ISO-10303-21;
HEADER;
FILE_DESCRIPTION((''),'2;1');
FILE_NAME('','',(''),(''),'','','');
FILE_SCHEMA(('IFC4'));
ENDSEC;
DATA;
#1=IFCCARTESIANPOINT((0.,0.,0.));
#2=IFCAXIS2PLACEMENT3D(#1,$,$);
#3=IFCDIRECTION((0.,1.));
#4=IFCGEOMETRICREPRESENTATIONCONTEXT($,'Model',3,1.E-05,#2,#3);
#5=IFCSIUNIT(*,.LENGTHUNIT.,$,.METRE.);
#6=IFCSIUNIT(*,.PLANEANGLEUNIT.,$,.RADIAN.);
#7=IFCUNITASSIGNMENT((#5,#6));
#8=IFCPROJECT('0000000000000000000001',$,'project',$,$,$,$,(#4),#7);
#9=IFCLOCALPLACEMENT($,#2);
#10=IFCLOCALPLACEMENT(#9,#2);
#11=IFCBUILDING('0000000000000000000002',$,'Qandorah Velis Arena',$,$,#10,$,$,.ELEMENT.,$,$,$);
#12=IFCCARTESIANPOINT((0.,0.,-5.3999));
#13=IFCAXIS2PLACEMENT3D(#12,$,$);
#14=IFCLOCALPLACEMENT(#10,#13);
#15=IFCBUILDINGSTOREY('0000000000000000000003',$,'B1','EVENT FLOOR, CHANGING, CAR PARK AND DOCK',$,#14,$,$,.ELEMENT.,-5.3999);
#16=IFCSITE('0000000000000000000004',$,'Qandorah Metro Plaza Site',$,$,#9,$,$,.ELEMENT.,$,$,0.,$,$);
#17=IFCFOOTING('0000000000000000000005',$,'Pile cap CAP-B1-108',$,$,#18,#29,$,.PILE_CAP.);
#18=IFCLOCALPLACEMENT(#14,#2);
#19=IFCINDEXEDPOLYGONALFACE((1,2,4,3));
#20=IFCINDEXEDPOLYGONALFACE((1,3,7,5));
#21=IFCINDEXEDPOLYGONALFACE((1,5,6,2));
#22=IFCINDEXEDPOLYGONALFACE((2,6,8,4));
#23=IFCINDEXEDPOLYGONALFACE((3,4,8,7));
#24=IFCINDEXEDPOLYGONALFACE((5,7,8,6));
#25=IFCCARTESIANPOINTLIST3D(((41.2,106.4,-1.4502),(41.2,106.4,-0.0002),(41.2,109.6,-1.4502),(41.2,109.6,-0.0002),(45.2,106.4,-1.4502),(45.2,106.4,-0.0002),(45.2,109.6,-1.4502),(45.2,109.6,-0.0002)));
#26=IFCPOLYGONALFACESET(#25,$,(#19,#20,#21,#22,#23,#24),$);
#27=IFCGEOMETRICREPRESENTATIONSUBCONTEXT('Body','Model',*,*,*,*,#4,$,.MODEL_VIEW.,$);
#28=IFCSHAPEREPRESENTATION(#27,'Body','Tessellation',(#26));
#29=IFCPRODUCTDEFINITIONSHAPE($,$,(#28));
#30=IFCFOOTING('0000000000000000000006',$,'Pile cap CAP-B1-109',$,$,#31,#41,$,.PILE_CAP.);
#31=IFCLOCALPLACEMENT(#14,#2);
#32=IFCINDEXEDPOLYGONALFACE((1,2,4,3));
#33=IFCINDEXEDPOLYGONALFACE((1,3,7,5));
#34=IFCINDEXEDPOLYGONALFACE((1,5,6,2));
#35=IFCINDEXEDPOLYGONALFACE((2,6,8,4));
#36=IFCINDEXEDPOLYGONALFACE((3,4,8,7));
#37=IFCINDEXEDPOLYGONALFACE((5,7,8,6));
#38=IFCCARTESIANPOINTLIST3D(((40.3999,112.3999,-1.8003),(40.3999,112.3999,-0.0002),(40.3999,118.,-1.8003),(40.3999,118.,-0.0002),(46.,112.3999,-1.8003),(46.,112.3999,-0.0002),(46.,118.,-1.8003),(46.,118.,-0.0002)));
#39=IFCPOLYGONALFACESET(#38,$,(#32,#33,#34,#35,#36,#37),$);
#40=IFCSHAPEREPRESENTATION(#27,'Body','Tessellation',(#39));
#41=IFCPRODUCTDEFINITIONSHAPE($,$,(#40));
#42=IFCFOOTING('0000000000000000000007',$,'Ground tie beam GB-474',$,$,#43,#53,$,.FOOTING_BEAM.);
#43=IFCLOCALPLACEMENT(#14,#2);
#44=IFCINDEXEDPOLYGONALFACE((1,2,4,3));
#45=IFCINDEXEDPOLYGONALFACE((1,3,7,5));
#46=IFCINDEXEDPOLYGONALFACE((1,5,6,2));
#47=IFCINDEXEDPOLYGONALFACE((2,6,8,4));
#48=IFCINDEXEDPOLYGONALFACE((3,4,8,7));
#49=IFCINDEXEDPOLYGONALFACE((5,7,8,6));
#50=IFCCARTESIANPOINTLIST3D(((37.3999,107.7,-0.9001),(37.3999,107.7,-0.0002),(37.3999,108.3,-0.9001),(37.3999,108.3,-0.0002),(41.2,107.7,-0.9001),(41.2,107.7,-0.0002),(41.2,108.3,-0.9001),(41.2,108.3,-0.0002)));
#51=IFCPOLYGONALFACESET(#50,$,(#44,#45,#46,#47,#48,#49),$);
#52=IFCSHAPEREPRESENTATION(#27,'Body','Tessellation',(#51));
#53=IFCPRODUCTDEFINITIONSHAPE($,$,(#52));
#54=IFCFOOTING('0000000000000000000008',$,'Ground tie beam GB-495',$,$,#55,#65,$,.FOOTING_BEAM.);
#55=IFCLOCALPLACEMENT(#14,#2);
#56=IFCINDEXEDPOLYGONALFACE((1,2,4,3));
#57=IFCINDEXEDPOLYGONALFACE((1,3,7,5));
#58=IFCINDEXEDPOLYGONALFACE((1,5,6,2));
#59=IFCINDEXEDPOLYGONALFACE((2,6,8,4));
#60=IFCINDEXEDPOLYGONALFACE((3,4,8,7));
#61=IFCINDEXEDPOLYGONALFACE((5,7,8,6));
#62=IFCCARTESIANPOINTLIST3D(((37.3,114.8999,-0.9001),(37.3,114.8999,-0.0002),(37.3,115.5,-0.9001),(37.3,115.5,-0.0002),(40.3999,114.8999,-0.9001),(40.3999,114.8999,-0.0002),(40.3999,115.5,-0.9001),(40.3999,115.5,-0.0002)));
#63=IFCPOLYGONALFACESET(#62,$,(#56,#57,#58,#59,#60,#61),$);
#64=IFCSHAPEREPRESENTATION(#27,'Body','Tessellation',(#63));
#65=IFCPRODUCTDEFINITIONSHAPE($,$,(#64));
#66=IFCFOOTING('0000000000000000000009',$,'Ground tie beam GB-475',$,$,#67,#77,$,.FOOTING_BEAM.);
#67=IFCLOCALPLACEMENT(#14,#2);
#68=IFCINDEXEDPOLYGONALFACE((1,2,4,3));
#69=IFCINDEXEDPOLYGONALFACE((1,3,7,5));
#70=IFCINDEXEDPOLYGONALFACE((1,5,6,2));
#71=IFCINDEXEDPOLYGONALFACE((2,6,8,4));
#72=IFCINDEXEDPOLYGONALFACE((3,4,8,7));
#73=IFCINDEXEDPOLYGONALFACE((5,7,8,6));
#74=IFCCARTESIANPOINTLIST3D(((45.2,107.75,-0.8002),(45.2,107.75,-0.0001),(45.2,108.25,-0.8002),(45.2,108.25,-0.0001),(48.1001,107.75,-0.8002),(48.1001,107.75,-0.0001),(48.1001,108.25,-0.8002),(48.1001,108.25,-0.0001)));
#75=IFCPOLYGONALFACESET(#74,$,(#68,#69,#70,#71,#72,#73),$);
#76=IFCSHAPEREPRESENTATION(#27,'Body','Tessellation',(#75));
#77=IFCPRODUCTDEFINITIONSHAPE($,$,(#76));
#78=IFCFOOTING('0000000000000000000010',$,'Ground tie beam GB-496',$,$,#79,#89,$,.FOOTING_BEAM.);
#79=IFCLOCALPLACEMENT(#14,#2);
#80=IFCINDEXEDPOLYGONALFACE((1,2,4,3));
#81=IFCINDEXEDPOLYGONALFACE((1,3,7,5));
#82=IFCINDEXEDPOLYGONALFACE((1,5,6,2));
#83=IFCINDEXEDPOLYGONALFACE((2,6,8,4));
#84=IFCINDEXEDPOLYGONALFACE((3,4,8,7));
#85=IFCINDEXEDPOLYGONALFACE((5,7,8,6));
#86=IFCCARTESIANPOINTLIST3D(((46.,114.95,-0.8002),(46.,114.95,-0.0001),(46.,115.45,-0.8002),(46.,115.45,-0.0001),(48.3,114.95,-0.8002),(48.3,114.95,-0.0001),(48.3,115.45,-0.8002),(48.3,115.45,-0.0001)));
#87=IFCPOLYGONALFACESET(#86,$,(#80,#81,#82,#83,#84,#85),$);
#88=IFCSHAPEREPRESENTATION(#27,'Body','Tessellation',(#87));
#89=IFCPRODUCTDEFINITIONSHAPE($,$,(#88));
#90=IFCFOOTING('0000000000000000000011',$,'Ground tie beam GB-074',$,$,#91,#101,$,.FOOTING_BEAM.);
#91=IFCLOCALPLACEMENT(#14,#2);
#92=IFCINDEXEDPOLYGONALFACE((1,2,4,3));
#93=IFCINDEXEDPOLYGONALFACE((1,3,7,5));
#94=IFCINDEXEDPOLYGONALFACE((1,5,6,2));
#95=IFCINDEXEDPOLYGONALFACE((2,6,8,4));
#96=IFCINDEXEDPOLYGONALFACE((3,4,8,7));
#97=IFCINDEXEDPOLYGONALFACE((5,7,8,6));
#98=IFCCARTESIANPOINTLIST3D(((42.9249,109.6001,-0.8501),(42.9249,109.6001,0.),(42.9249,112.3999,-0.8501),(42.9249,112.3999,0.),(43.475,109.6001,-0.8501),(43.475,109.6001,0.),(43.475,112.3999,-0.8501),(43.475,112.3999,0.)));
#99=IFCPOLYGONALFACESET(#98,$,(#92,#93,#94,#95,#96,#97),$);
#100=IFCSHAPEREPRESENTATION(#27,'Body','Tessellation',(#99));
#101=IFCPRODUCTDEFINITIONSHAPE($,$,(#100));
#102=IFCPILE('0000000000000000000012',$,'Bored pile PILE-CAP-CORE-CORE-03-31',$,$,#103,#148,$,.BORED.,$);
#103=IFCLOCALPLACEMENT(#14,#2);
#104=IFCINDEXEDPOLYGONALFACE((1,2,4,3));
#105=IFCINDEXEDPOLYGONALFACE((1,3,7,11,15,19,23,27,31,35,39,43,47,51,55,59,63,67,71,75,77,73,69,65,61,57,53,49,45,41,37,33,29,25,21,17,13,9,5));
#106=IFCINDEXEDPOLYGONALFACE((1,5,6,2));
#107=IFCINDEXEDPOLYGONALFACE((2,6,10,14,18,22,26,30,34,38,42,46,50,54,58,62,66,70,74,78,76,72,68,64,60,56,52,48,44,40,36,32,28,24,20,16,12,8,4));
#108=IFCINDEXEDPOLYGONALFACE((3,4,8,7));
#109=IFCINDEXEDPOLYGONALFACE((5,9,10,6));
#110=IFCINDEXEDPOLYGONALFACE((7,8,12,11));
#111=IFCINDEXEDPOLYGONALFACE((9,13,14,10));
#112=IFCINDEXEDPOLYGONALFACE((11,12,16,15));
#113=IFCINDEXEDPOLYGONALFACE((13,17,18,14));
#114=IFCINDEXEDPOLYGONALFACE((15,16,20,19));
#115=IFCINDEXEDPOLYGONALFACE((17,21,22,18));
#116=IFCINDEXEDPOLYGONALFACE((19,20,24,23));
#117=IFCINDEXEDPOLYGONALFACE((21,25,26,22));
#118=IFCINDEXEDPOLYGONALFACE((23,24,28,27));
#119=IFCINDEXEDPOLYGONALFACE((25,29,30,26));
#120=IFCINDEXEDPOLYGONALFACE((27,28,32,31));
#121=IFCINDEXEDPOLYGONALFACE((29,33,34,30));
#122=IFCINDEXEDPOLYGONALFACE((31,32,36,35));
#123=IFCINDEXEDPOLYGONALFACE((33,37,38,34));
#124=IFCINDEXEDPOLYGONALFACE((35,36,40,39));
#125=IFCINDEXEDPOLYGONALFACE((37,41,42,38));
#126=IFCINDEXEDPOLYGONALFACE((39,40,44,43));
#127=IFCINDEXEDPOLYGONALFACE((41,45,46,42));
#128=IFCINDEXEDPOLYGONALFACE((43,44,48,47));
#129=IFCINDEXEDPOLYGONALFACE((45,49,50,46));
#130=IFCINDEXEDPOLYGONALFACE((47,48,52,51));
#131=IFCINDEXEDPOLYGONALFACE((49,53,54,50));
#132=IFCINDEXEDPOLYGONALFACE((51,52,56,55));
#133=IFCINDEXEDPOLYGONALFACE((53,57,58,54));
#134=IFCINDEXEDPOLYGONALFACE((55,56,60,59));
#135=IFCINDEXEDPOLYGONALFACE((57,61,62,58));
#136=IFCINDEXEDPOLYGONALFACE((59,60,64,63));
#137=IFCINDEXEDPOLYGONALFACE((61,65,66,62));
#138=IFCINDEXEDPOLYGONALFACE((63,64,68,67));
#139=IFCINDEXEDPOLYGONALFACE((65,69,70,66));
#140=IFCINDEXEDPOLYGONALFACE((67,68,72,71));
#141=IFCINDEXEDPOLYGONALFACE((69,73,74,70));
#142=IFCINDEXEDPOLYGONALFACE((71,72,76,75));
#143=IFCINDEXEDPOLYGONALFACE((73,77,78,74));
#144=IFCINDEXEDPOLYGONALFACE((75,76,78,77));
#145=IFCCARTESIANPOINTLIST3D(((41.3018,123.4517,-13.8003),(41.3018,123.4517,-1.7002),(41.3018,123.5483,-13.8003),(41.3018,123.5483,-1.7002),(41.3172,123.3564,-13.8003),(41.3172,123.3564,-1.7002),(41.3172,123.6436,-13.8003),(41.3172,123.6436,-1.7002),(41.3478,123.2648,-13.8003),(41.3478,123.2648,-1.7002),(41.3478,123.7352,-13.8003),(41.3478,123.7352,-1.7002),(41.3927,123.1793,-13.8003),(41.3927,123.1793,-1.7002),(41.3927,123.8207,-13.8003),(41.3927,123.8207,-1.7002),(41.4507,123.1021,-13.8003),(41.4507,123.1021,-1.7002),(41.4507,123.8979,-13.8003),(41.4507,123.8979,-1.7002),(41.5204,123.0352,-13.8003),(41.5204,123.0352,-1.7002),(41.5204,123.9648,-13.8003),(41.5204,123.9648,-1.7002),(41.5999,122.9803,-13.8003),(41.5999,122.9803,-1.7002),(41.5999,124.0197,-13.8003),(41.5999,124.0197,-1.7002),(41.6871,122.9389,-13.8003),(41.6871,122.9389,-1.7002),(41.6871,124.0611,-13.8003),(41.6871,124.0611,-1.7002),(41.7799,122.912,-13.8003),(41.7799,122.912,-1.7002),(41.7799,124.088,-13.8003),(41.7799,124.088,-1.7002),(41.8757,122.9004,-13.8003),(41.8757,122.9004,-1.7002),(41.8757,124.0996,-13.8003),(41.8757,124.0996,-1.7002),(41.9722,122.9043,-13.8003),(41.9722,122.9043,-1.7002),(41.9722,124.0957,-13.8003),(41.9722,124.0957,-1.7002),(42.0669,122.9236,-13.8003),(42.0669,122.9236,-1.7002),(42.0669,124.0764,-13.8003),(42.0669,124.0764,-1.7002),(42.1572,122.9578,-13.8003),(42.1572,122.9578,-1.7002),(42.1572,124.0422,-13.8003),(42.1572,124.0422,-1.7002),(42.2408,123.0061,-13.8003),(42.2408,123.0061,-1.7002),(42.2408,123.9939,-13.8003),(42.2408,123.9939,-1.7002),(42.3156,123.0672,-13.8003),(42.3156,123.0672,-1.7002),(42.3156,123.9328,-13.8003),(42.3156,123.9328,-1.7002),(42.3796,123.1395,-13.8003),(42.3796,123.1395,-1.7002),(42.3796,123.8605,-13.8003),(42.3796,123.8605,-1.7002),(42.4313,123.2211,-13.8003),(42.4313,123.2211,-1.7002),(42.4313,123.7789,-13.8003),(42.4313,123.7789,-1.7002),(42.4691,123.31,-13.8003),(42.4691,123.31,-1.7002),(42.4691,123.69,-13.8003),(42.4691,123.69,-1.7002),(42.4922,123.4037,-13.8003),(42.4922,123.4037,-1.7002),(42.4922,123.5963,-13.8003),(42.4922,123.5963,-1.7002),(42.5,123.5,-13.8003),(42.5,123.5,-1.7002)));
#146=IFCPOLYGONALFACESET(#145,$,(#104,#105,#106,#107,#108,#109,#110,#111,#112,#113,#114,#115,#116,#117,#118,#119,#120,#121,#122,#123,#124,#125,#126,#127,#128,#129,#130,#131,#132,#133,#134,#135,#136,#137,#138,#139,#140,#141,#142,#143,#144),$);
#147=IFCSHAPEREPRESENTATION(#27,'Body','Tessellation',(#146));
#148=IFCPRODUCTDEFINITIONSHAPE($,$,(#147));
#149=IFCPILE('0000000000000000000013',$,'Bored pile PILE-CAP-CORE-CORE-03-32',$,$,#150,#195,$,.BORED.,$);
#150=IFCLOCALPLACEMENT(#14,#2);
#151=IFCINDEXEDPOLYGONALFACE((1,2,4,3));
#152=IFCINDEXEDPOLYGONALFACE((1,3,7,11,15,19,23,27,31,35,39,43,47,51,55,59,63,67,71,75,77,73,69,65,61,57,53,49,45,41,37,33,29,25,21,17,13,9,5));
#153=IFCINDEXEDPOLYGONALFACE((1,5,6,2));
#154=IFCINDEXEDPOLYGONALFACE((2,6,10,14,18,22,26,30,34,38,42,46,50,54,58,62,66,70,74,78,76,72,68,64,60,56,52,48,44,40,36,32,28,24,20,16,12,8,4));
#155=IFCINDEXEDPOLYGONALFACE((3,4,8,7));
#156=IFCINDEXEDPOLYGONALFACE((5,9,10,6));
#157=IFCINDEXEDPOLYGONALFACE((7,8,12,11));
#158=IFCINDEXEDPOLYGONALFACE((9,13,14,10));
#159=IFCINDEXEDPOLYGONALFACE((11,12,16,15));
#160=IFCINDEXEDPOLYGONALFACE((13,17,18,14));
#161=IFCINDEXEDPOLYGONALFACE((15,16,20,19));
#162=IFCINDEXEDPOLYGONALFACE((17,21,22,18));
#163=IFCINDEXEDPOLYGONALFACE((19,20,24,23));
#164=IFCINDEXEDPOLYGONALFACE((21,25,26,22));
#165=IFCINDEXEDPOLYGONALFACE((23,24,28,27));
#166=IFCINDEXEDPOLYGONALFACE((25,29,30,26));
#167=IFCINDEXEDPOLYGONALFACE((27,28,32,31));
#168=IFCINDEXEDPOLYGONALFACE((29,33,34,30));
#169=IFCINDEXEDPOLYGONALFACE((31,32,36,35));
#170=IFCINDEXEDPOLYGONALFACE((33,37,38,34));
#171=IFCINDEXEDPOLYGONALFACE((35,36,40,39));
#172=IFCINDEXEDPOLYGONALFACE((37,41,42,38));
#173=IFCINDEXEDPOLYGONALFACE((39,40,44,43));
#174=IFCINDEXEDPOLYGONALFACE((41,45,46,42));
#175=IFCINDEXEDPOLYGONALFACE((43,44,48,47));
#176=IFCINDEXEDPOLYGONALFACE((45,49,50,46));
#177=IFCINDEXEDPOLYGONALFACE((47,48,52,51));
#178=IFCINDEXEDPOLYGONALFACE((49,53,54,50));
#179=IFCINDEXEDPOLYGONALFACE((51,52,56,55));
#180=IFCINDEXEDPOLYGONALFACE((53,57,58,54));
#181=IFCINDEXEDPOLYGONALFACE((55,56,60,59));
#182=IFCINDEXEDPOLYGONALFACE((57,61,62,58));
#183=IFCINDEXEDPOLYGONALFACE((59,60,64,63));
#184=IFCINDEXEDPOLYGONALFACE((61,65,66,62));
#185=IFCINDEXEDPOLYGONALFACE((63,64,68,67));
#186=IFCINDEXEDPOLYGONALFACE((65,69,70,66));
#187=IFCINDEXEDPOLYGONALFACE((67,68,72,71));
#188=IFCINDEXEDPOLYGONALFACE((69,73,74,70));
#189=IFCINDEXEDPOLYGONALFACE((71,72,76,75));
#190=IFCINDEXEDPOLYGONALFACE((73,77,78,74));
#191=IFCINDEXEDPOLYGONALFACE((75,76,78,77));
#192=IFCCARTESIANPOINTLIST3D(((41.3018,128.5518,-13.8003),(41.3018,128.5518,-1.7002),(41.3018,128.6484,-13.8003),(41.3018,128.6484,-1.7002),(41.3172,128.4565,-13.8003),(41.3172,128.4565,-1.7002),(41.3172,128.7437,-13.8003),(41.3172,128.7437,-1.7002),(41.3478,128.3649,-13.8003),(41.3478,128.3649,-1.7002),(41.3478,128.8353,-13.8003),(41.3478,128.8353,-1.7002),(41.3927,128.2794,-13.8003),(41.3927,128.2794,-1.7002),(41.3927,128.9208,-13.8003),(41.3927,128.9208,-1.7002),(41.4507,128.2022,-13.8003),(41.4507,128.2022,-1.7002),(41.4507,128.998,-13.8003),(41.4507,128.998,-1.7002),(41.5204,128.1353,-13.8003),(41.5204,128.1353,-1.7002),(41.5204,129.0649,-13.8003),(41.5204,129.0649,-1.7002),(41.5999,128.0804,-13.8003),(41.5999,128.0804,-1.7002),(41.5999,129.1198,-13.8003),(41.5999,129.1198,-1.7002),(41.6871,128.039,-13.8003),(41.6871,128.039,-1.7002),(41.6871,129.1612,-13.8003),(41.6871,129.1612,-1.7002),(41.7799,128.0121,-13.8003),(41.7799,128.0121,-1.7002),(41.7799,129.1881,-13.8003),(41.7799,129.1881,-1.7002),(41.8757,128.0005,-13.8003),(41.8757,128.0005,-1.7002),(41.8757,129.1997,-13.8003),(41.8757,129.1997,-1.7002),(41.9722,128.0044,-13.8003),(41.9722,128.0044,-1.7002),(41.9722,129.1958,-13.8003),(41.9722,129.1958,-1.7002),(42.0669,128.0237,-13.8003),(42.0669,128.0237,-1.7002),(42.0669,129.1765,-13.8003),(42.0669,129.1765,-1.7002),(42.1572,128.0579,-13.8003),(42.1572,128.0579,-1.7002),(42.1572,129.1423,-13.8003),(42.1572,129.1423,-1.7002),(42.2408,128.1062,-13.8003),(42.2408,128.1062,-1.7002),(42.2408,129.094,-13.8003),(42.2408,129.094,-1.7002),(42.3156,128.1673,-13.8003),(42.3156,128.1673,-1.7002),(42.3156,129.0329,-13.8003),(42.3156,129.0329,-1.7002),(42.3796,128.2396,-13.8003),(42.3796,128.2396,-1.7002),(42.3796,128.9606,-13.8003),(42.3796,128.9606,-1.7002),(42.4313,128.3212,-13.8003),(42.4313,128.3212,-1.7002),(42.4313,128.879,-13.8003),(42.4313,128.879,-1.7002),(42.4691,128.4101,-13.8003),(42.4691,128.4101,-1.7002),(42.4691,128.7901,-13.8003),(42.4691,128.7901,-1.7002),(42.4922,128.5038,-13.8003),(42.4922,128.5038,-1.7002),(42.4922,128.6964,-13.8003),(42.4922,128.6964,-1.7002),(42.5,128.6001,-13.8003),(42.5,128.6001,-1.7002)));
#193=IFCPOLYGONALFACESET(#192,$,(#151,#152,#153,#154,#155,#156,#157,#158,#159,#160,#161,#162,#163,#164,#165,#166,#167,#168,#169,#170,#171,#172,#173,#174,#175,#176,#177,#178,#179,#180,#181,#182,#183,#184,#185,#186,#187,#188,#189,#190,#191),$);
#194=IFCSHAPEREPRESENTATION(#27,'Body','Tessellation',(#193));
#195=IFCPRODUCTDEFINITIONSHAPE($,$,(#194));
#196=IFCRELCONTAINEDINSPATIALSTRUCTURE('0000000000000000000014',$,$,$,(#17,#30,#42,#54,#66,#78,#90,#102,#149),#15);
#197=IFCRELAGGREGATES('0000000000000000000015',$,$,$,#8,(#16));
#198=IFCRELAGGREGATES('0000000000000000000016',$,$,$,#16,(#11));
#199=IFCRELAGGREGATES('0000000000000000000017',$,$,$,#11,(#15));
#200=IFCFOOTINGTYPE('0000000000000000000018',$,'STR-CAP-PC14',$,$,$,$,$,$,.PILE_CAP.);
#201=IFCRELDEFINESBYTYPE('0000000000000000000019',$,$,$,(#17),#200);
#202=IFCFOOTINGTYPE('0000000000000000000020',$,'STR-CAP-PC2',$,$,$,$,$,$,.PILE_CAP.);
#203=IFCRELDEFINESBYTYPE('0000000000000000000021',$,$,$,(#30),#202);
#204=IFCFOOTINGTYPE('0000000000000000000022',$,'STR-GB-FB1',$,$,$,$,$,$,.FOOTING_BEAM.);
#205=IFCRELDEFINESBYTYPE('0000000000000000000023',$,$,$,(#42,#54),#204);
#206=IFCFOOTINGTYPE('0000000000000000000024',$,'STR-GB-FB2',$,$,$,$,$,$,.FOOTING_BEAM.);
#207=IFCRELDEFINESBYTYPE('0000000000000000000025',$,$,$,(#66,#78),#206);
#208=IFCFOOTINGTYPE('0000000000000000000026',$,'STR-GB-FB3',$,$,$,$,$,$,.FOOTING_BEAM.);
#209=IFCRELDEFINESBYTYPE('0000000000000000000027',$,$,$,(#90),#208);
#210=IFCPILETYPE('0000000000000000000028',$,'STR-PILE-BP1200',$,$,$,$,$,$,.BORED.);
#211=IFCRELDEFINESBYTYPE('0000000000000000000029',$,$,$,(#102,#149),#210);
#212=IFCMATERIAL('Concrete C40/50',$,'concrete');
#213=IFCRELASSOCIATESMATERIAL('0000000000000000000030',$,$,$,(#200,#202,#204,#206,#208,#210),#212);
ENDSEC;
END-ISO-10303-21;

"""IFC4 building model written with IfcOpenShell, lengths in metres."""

from ifc_helpers import new_model, si_unit, direction, frame, origin, origin_2d, place, context, subcontext, project, spatial, rectangle, circle, extrude, material, material_profile, profile_set, type_object, element, save


model = new_model("IFC4")

# Units and contexts
model_context = context("Model", 3, precision=1e-05, world=origin(), true_north=direction((0.0, 1.0)))
body_context = subcontext(model_context, "Body", "Model", "MODEL_VIEW")
ifc_project = project(units=[si_unit("LENGTHUNIT", "METRE"), si_unit("PLANEANGLEUNIT", "RADIAN")], contexts=[model_context])

# Site, building, storey
site_placement = place(None, origin())
site = spatial("IfcSite", under=ifc_project, at=site_placement, Name="Qandorah Metro Plaza Site", CompositionType="ELEMENT", RefElevation=0.0)
building_placement = place(site_placement, origin())
building = spatial("IfcBuilding", under=site, at=building_placement, Name="Qandorah Velis Arena", CompositionType="ELEMENT")
storey_placement = place(building_placement, frame((0.0, 0.0, -5.3999)))
storey = spatial("IfcBuildingStorey", under=building, at=storey_placement, Name="B1", Description="EVENT FLOOR, CHANGING, CAR PARK AND DOCK", CompositionType="ELEMENT", Elevation=-5.3999)

# Footings
ifc_material_1 = material(Name="Concrete C40/50", Category="concrete")
footing_type_1 = type_object("IfcFootingType", Name="STR-CAP-PC14", PredefinedType="PILE_CAP", material=ifc_material_1)
footing_1_placement = place(storey_placement, frame((43.2, 108.0, -1.4502), z_axis=(0.0, 0.0, 1.0), x_axis=(1.0, 0.0, 0.0)))
element("IfcFooting", 1, at=footing_1_placement, inside=storey, type_object=footing_type_1, Name="Pile cap CAP-B1-108", PredefinedType="PILE_CAP", context=body_context, shape_type="SweptSolid", body=[
    extrude(rectangle(XDim=4.0, YDim=3.2, at=origin_2d()), origin(), (0.0, 0.0, 1.0), 1.45),
])
footing_type_2 = type_object("IfcFootingType", Name="STR-CAP-PC2", PredefinedType="PILE_CAP", material=ifc_material_1)
footing_2_placement = place(storey_placement, frame((43.2, 115.2, -1.8003), z_axis=(0.0, 0.0, 1.0), x_axis=(1.0, 0.0, 0.0)))
element("IfcFooting", 2, at=footing_2_placement, inside=storey, type_object=footing_type_2, Name="Pile cap CAP-B1-109", PredefinedType="PILE_CAP", context=body_context, shape_type="SweptSolid", body=[
    extrude(rectangle(XDim=5.6001, YDim=5.6001, at=origin_2d()), origin(), (0.0, 0.0, 1.0), 1.8),
])
ifc_material_profile_1 = material_profile(ifc_material_1, rectangle(XDim=0.6001, YDim=0.8999, at=origin_2d()), Name="GB1 600x900")
ifc_profile_set_1 = profile_set([ifc_material_profile_1], Name="Concrete C40/50")
footing_type_3 = type_object("IfcFootingType", Name="STR-GB-FB1", PredefinedType="FOOTING_BEAM", material=ifc_profile_set_1)
footing_3_placement = place(storey_placement, frame((37.3999, 108.0, -0.4502), z_axis=(1.0, 0.0, 0.0), x_axis=(0.0, 1.0, 0.0)))
element("IfcFooting", 3, at=footing_3_placement, inside=storey, type_object=footing_type_3, Name="Ground tie beam GB-474", PredefinedType="FOOTING_BEAM", context=body_context, shape_type="SweptSolid", body=[
    extrude(rectangle(XDim=0.6001, YDim=0.8999, at=origin_2d()), origin(), (0.0, 0.0, 1.0), 3.8),
])
footing_4_placement = place(storey_placement, frame((37.3, 115.2, -0.4502), z_axis=(1.0, 0.0, 0.0), x_axis=(0.0, 1.0, 0.0)))
element("IfcFooting", 4, at=footing_4_placement, inside=storey, type_object=footing_type_3, Name="Ground tie beam GB-495", PredefinedType="FOOTING_BEAM", context=body_context, shape_type="SweptSolid", body=[
    extrude(rectangle(XDim=0.6001, YDim=0.8999, at=origin_2d()), origin(), (0.0, 0.0, 1.0), 3.0999),
])
ifc_material_profile_2 = material_profile(ifc_material_1, rectangle(XDim=0.5, YDim=0.8, at=origin_2d()), Name="GB2 500x800")
ifc_profile_set_2 = profile_set([ifc_material_profile_2], Name="Concrete C40/50")
footing_type_4 = type_object("IfcFootingType", Name="STR-GB-FB2", PredefinedType="FOOTING_BEAM", material=ifc_profile_set_2)
footing_5_placement = place(storey_placement, frame((45.2, 108.0, -0.4001), z_axis=(1.0, 0.0, 0.0), x_axis=(0.0, 1.0, 0.0)))
element("IfcFooting", 5, at=footing_5_placement, inside=storey, type_object=footing_type_4, Name="Ground tie beam GB-475", PredefinedType="FOOTING_BEAM", context=body_context, shape_type="SweptSolid", body=[
    extrude(rectangle(XDim=0.5, YDim=0.8, at=origin_2d()), origin(), (0.0, 0.0, 1.0), 2.9001),
])
footing_6_placement = place(storey_placement, frame((46.0, 115.2, -0.4001), z_axis=(1.0, 0.0, 0.0), x_axis=(0.0, 1.0, 0.0)))
element("IfcFooting", 6, at=footing_6_placement, inside=storey, type_object=footing_type_4, Name="Ground tie beam GB-496", PredefinedType="FOOTING_BEAM", context=body_context, shape_type="SweptSolid", body=[
    extrude(rectangle(XDim=0.5, YDim=0.8, at=origin_2d()), origin(), (0.0, 0.0, 1.0), 2.3),
])
ifc_material_profile_3 = material_profile(ifc_material_1, rectangle(XDim=0.55, YDim=0.8501, at=origin_2d()), Name="GB3 550x850")
ifc_profile_set_3 = profile_set([ifc_material_profile_3], Name="Concrete C40/50")
footing_type_5 = type_object("IfcFootingType", Name="STR-GB-FB3", PredefinedType="FOOTING_BEAM", material=ifc_profile_set_3)
footing_7_placement = place(storey_placement, frame((43.2, 109.6001, -0.425), z_axis=(0.0, 1.0, 0.0), x_axis=(-1.0, 0.0, 0.0)))
element("IfcFooting", 7, at=footing_7_placement, inside=storey, type_object=footing_type_5, Name="Ground tie beam GB-074", PredefinedType="FOOTING_BEAM", context=body_context, shape_type="SweptSolid", body=[
    extrude(rectangle(XDim=0.55, YDim=0.8501, at=origin_2d()), origin(), (0.0, 0.0, 1.0), 2.7998),
])

# Piles
ifc_material_profile_4 = material_profile(ifc_material_1, circle(Radius=0.6001, at=origin_2d()), Name="BORED PILE D1200")
ifc_profile_set_4 = profile_set([ifc_material_profile_4], Name="Concrete C40/50")
pile_type_1 = type_object("IfcPileType", Name="STR-PILE-BP1200", PredefinedType="BORED", material=ifc_profile_set_4)
for number, where, z_axis, x_axis, name in (
    (8, (41.8999, 123.5, -1.7002), (0.0, 0.0, -1.0), (1.0, 0.0, 0.0), "Bored pile PILE-CAP-CORE-CORE-03-31"),
    (9, (41.8999, 128.6001, -1.7002), (0.0, 0.0, -1.0), (1.0, 0.0, 0.0), "Bored pile PILE-CAP-CORE-CORE-03-32"),
):
    element("IfcPile", number, at=place(storey_placement, frame(where, z_axis=z_axis, x_axis=x_axis)), inside=storey, type_object=pile_type_1, Name=name, PredefinedType="BORED", context=body_context, shape_type="SweptSolid", body=[
        extrude(circle(Radius=0.6001, at=origin_2d()), origin(), (0.0, 0.0, 1.0), 12.1001),
    ])

save(model, "model.ifc")
